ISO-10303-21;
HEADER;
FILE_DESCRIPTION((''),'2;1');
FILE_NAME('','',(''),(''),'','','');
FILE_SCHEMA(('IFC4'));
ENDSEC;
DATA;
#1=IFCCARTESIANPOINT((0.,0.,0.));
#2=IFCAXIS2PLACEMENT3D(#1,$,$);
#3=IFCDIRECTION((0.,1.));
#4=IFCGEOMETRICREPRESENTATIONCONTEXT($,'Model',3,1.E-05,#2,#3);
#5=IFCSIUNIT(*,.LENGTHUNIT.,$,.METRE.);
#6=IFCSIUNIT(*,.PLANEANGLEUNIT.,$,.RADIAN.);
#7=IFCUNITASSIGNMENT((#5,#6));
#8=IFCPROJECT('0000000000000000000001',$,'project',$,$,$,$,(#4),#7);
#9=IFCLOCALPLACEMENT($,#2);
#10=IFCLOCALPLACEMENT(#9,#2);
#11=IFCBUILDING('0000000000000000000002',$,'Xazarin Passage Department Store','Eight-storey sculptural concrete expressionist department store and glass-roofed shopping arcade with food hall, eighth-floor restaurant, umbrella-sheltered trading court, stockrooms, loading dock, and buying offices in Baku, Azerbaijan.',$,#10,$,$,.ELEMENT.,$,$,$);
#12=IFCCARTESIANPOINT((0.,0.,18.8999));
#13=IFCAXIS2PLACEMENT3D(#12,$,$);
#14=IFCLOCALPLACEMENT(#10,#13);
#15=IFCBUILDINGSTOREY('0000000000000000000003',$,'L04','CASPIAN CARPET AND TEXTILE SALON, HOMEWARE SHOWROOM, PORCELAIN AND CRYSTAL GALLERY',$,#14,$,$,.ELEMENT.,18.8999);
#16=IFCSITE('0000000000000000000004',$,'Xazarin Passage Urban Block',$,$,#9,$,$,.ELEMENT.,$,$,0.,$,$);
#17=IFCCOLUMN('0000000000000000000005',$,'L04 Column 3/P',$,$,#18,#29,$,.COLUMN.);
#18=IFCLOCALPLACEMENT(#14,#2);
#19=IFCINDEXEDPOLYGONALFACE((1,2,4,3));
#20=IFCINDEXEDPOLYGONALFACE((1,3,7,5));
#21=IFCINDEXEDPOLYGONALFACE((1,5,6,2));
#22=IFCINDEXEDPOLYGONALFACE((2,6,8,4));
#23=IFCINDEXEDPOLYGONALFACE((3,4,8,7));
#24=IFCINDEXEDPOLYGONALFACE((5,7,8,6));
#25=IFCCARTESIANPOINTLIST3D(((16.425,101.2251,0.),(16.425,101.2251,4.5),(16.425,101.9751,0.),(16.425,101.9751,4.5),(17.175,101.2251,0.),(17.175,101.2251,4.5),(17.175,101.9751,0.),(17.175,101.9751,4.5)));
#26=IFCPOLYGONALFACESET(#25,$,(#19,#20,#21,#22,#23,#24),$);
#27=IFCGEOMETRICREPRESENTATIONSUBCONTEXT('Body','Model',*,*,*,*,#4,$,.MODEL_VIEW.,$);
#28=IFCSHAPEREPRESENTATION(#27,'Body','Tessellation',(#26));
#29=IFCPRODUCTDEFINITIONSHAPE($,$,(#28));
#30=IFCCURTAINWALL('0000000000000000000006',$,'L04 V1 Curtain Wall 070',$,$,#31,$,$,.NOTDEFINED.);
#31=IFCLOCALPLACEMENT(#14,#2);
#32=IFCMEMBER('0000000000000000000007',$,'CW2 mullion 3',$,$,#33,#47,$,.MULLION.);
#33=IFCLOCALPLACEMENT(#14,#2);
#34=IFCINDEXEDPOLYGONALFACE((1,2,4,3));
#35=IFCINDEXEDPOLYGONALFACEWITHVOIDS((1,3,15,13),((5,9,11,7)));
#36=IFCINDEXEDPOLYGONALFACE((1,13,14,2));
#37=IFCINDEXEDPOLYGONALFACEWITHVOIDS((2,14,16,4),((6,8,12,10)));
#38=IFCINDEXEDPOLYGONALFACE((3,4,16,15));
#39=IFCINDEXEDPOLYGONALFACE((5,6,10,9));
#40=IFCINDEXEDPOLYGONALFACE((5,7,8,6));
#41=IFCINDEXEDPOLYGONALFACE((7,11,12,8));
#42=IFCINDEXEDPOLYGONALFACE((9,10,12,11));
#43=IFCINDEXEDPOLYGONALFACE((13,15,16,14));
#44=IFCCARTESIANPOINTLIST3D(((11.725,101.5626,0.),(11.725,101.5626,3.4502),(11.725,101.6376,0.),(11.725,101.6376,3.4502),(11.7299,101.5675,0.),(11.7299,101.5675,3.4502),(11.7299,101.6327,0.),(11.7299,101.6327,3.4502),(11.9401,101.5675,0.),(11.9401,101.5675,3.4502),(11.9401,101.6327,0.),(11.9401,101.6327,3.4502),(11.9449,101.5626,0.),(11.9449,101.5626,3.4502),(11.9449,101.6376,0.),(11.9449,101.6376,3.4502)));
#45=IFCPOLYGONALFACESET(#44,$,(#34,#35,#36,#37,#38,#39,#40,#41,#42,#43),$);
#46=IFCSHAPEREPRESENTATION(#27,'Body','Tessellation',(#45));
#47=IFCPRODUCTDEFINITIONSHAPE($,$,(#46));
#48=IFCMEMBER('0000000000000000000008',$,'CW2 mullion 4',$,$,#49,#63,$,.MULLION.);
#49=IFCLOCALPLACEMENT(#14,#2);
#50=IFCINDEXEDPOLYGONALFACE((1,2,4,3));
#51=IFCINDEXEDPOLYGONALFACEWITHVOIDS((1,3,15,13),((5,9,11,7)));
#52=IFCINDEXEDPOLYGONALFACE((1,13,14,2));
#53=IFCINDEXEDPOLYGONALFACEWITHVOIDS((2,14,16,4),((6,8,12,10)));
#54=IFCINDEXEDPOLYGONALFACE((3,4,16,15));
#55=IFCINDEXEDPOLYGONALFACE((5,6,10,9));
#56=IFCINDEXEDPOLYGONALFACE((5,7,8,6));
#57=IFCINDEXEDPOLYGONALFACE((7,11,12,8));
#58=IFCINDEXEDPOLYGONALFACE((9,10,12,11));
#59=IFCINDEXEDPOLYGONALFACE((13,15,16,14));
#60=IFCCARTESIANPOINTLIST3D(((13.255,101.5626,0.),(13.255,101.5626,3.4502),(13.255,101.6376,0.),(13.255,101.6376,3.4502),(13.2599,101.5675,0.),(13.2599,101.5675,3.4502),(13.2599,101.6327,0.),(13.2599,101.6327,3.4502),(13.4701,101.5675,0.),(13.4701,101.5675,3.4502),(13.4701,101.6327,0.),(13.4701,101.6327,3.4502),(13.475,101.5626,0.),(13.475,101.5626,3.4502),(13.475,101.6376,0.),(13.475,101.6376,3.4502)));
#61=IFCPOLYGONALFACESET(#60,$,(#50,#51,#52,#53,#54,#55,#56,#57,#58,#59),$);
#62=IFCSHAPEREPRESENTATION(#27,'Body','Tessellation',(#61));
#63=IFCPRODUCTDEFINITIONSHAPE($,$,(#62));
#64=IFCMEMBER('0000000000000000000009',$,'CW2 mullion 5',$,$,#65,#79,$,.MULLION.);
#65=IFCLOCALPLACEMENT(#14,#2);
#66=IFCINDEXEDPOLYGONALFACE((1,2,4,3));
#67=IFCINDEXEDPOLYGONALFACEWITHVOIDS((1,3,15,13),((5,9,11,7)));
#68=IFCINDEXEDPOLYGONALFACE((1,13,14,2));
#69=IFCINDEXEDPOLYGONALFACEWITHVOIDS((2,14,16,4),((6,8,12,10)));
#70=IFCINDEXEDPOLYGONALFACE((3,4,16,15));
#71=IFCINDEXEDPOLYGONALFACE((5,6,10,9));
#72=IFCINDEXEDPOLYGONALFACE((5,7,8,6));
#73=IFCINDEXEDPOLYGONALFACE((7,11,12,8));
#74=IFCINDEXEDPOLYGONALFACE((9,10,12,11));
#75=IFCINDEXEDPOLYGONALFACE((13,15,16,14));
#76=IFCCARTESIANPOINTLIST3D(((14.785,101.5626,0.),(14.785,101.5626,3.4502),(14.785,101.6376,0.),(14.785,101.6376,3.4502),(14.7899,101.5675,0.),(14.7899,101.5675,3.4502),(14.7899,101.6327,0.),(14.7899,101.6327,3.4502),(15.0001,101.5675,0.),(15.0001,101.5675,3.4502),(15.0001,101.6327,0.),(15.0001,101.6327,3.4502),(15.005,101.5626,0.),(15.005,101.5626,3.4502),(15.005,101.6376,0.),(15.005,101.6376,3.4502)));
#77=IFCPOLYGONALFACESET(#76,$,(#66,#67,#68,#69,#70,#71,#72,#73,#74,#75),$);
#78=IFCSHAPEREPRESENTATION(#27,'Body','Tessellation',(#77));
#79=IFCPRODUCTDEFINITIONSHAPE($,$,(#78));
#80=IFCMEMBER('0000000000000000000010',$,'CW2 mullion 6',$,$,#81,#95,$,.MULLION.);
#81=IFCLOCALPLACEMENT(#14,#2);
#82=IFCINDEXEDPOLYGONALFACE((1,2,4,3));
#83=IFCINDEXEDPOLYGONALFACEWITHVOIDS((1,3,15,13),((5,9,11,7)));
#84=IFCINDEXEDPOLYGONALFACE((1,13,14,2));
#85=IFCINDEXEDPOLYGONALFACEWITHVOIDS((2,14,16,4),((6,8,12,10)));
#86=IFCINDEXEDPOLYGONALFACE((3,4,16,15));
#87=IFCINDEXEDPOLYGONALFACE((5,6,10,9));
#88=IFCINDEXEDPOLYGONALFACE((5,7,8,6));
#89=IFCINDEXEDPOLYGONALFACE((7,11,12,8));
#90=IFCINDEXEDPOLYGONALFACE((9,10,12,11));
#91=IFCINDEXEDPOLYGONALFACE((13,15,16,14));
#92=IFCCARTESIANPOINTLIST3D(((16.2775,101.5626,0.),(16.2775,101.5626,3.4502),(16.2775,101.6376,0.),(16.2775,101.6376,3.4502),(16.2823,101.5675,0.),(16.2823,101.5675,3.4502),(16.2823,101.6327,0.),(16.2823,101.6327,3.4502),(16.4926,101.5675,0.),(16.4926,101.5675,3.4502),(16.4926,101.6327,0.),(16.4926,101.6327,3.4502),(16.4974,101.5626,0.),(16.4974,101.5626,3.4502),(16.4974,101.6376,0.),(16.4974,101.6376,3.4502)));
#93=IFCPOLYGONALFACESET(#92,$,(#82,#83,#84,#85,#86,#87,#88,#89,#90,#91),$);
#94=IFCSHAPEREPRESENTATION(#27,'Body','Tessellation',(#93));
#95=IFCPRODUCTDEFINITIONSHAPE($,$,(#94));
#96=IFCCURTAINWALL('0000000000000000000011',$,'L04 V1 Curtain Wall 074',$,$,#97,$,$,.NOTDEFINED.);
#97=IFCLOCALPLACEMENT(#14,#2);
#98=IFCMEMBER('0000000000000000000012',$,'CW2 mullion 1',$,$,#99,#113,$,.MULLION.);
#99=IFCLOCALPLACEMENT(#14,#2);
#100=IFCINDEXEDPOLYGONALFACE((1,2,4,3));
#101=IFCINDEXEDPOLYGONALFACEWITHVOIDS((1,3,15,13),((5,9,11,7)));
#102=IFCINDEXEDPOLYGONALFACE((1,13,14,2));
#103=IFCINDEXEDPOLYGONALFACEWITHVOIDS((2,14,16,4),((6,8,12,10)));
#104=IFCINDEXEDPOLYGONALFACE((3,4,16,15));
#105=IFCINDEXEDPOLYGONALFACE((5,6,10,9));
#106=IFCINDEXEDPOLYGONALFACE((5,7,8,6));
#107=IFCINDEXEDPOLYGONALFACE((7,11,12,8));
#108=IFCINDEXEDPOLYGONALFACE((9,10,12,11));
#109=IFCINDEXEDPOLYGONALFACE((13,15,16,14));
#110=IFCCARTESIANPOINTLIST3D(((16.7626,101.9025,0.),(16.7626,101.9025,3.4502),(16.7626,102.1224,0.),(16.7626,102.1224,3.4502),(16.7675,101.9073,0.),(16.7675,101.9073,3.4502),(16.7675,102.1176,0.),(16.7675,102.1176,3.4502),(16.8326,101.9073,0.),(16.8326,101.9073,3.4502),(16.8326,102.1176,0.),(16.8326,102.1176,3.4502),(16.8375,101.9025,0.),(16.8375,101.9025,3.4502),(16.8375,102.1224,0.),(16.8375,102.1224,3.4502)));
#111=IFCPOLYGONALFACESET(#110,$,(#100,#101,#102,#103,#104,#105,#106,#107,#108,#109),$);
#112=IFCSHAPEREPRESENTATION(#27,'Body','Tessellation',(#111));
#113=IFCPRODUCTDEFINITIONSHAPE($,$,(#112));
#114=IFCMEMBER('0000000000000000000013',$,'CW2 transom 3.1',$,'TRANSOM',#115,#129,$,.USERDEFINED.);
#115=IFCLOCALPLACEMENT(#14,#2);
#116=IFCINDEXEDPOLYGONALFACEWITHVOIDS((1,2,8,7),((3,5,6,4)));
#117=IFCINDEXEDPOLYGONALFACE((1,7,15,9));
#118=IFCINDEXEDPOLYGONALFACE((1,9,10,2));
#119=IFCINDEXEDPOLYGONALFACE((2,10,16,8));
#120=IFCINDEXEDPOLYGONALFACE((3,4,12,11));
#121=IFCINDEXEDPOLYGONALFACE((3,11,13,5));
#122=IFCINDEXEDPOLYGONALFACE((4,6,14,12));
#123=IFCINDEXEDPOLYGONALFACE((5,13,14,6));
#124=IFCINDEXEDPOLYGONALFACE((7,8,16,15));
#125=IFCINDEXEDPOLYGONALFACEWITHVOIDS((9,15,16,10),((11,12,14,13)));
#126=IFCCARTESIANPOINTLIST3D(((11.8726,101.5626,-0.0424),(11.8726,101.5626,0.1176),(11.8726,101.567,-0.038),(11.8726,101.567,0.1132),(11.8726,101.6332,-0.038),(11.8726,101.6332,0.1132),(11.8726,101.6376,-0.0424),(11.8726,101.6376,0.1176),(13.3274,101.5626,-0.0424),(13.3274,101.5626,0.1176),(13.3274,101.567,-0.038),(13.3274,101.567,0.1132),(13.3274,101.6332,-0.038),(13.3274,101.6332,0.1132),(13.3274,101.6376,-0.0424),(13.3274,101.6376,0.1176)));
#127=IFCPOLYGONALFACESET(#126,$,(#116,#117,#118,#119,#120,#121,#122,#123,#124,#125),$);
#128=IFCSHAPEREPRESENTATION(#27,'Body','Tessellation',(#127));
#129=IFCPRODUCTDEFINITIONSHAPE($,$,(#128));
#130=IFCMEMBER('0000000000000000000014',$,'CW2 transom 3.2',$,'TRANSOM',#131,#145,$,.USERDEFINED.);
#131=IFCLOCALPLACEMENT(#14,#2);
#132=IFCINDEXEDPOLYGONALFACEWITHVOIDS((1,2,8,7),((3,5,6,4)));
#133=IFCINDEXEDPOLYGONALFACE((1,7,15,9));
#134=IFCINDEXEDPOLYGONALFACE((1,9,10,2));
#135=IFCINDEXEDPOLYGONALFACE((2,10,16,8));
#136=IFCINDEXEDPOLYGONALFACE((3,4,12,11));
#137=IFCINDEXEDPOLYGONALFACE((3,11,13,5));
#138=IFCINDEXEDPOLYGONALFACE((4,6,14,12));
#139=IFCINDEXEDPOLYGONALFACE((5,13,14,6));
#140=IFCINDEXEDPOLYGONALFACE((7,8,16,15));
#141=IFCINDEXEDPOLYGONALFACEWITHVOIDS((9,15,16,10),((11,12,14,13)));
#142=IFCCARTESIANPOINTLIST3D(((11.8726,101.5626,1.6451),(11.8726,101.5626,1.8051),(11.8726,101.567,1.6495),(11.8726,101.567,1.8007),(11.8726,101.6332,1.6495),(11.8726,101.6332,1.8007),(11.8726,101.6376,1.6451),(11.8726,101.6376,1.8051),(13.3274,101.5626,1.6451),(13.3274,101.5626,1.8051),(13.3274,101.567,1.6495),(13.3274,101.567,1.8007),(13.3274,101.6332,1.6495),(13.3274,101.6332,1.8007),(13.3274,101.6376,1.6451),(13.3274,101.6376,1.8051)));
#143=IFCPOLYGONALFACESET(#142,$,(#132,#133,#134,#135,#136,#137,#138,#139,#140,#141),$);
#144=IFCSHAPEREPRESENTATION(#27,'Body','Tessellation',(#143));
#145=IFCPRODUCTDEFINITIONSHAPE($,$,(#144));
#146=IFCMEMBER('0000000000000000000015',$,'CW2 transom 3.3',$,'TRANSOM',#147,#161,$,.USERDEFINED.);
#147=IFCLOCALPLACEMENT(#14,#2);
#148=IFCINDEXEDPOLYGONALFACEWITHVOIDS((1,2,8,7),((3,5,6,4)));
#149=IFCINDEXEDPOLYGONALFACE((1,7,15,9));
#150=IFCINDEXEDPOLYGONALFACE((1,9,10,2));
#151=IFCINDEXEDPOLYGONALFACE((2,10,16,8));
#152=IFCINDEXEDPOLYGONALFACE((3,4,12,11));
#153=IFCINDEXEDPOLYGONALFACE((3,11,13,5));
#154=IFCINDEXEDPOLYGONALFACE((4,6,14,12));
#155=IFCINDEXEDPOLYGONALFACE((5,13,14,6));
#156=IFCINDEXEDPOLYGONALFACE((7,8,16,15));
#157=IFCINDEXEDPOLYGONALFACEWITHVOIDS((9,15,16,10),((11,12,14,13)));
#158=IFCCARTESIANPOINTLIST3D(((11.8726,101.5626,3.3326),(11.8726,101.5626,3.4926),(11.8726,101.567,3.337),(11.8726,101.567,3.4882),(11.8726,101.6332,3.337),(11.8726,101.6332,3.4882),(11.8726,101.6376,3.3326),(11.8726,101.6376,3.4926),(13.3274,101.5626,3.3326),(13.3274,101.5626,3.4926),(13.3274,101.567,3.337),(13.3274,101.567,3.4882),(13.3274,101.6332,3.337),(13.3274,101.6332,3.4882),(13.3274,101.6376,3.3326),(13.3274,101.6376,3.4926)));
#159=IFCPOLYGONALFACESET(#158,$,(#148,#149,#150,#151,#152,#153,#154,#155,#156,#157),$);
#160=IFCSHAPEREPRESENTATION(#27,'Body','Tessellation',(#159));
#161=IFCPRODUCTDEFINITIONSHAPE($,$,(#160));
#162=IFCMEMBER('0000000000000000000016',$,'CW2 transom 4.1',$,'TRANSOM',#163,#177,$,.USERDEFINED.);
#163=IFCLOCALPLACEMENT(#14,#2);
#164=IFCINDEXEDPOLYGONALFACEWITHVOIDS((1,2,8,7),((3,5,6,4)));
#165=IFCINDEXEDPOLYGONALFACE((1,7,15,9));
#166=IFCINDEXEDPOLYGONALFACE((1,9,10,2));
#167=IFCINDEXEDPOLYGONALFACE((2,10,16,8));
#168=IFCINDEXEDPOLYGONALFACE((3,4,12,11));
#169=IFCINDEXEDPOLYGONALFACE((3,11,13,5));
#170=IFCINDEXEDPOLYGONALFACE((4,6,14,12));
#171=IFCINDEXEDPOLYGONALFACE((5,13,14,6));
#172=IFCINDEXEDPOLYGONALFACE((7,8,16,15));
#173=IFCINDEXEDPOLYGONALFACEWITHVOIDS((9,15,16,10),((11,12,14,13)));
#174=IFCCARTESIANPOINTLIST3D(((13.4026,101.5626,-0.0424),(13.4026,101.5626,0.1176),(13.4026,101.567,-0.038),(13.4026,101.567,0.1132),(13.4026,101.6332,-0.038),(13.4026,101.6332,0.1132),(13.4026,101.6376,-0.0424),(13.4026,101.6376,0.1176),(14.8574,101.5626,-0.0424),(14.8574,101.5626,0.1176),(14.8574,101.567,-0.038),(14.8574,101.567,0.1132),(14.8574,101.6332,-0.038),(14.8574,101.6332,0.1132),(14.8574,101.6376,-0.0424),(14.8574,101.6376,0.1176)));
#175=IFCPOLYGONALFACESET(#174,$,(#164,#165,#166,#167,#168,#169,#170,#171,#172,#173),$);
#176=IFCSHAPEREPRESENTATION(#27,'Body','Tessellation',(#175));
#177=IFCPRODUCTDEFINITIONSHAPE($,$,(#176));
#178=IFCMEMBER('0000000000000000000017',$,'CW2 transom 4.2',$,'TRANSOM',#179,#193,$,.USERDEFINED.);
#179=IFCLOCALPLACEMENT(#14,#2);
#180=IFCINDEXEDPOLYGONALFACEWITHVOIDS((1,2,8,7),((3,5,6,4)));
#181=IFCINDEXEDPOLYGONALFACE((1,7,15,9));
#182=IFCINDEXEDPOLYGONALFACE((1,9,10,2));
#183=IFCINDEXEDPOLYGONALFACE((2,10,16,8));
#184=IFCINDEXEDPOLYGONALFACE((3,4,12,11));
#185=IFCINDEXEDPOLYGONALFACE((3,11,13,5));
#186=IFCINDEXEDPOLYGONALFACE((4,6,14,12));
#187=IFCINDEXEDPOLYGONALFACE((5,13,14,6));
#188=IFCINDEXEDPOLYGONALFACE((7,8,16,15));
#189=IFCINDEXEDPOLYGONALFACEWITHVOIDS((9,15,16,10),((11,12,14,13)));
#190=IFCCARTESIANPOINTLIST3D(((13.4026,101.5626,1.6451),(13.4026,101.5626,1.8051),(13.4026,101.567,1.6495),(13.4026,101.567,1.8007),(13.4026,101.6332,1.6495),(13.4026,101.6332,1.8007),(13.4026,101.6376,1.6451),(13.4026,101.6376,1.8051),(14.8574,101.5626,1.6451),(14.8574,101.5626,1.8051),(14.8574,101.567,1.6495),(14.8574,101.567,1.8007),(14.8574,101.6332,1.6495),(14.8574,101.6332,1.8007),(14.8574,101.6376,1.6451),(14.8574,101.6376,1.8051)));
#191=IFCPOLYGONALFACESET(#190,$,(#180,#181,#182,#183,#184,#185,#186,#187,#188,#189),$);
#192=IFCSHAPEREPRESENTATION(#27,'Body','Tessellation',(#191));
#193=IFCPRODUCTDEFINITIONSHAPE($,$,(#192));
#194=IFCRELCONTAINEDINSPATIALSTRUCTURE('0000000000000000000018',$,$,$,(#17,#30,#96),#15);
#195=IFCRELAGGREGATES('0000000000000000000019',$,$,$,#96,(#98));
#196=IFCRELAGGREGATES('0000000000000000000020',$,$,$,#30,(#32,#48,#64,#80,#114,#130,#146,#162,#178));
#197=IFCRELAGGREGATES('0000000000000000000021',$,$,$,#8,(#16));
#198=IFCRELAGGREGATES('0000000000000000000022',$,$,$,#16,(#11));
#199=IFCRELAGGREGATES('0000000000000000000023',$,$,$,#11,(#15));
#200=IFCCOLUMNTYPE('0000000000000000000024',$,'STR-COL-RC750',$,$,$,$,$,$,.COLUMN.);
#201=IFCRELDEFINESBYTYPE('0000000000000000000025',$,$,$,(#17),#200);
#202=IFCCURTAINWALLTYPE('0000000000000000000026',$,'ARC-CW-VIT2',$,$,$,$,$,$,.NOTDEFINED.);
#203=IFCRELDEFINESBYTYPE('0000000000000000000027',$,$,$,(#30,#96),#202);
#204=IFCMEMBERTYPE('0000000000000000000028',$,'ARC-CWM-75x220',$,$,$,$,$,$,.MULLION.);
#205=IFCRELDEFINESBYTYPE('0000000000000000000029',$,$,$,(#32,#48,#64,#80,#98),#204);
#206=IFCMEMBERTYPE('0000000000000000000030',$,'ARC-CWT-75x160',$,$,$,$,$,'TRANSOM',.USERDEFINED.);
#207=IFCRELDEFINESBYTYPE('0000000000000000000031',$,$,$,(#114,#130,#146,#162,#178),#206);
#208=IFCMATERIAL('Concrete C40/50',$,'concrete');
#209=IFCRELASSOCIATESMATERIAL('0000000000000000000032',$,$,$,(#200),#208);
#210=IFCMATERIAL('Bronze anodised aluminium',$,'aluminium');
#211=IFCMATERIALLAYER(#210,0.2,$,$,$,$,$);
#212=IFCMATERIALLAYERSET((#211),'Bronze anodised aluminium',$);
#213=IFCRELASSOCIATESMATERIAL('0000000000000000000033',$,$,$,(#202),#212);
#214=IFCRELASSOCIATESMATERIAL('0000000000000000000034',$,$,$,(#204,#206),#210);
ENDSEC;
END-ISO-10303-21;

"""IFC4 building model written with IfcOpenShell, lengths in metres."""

from ifc_helpers import new_model, si_unit, direction, frame, origin, origin_2d, place, context, subcontext, project, spatial, rectangle, hollow_rectangle, extrude, material, layer, layer_set, material_profile, profile_set, type_object, element, aggregate, save


model = new_model("IFC4")

# Units and contexts
model_context = context("Model", 3, precision=1e-05, world=origin(), true_north=direction((0.0, 1.0)))
body_context = subcontext(model_context, "Body", "Model", "MODEL_VIEW")
ifc_project = project(units=[si_unit("LENGTHUNIT", "METRE"), si_unit("PLANEANGLEUNIT", "RADIAN")], contexts=[model_context])

# Site, building, storey
site_placement = place(None, origin())
site = spatial("IfcSite", under=ifc_project, at=site_placement, Name="Xazarin Passage Urban Block", CompositionType="ELEMENT", RefElevation=0.0)
building_placement = place(site_placement, origin())
building = spatial("IfcBuilding", under=site, at=building_placement, Name="Xazarin Passage Department Store", Description="Eight-storey sculptural concrete expressionist department store and glass-roofed shopping arcade with food hall, eighth-floor restaurant, umbrella-sheltered trading court, stockrooms, loading dock, and buying offices in Baku, Azerbaijan.", CompositionType="ELEMENT")
storey_placement = place(building_placement, frame((0.0, 0.0, 18.8999)))
storey = spatial("IfcBuildingStorey", under=building, at=storey_placement, Name="L04", Description="CASPIAN CARPET AND TEXTILE SALON, HOMEWARE SHOWROOM, PORCELAIN AND CRYSTAL GALLERY", CompositionType="ELEMENT", Elevation=18.8999)

# Column
ifc_material_1 = material(Name="Concrete C40/50", Category="concrete")
ifc_material_profile_1 = material_profile(ifc_material_1, rectangle(XDim=0.75, YDim=0.75, at=origin_2d()), Name="RC 750x750")
ifc_profile_set_1 = profile_set([ifc_material_profile_1], Name="Concrete C40/50")
column_type = type_object("IfcColumnType", Name="STR-COL-RC750", PredefinedType="COLUMN", material=ifc_profile_set_1)
column_placement = place(storey_placement, frame((16.8, 101.6001, 0.0), z_axis=(0.0, 0.0, 1.0), x_axis=(1.0, 0.0, 0.0)))
element("IfcColumn", 1, at=column_placement, inside=storey, type_object=column_type, Name="L04 Column 3/P", PredefinedType="COLUMN", context=body_context, shape_type="SweptSolid", body=[
    extrude(rectangle(XDim=0.75, YDim=0.75, at=origin_2d()), origin(), (0.0, 0.0, 1.0), 4.5),
])

# Curtain wall, members
ifc_material_2 = material(Name="Bronze anodised aluminium", Category="aluminium")
ifc_layer_1 = layer(ifc_material_2, 0.2)
ifc_layer_set_1 = layer_set([ifc_layer_1], Name="Bronze anodised aluminium")
curtain_wall_type = type_object("IfcCurtainWallType", Name="ARC-CW-VIT2", PredefinedType="NOTDEFINED", material=ifc_layer_set_1)
curtain_wall_1_placement = place(storey_placement, origin())
curtain_wall_1 = element("IfcCurtainWall", 2, at=curtain_wall_1_placement, inside=storey, type_object=curtain_wall_type, Name="L04 V1 Curtain Wall 070", PredefinedType="NOTDEFINED")
ifc_material_profile_2 = material_profile(ifc_material_2, hollow_rectangle(XDim=0.075, YDim=0.22, WallThickness=0.0049, at=origin_2d()), Name="ALU 75x220")
ifc_profile_set_2 = profile_set([ifc_material_profile_2], Name="Bronze anodised aluminium")
member_type_1 = type_object("IfcMemberType", Name="ARC-CWM-75x220", PredefinedType="MULLION", material=ifc_profile_set_2)
member_1_placement = place(storey_placement, frame((11.835, 101.6001, 0.0), z_axis=(0.0, 0.0, 1.0), x_axis=(0.0, 1.0, 0.0)))
member_1 = element("IfcMember", 3, at=member_1_placement, type_object=member_type_1, Name="CW2 mullion 3", PredefinedType="MULLION", context=body_context, shape_type="SweptSolid", body=[
    extrude(hollow_rectangle(XDim=0.075, YDim=0.22, WallThickness=0.0049, at=origin_2d()), origin(), (0.0, 0.0, 1.0), 3.4502),
])
member_2_placement = place(storey_placement, frame((13.365, 101.6001, 0.0), z_axis=(0.0, 0.0, 1.0), x_axis=(0.0, 1.0, 0.0)))
member_2 = element("IfcMember", 4, at=member_2_placement, type_object=member_type_1, Name="CW2 mullion 4", PredefinedType="MULLION", context=body_context, shape_type="SweptSolid", body=[
    extrude(hollow_rectangle(XDim=0.075, YDim=0.22, WallThickness=0.0049, at=origin_2d()), origin(), (0.0, 0.0, 1.0), 3.4502),
])
member_3_placement = place(storey_placement, frame((14.895, 101.6001, 0.0), z_axis=(0.0, 0.0, 1.0), x_axis=(0.0, 1.0, 0.0)))
member_3 = element("IfcMember", 5, at=member_3_placement, type_object=member_type_1, Name="CW2 mullion 5", PredefinedType="MULLION", context=body_context, shape_type="SweptSolid", body=[
    extrude(hollow_rectangle(XDim=0.075, YDim=0.22, WallThickness=0.0049, at=origin_2d()), origin(), (0.0, 0.0, 1.0), 3.4502),
])
member_4_placement = place(storey_placement, frame((16.3875, 101.6001, 0.0), z_axis=(0.0, 0.0, 1.0), x_axis=(0.0, 1.0, 0.0)))
member_4 = element("IfcMember", 6, at=member_4_placement, type_object=member_type_1, Name="CW2 mullion 6", PredefinedType="MULLION", context=body_context, shape_type="SweptSolid", body=[
    extrude(hollow_rectangle(XDim=0.075, YDim=0.22, WallThickness=0.0049, at=origin_2d()), origin(), (0.0, 0.0, 1.0), 3.4502),
])

# Curtain wall, member
curtain_wall_2_placement = place(storey_placement, origin())
curtain_wall_2 = element("IfcCurtainWall", 7, at=curtain_wall_2_placement, inside=storey, type_object=curtain_wall_type, Name="L04 V1 Curtain Wall 074", PredefinedType="NOTDEFINED")
member_5_placement = place(storey_placement, frame((16.8, 102.0125, 0.0), z_axis=(0.0, 0.0, 1.0), x_axis=(-1.0, 0.0, 0.0)))
member_5 = element("IfcMember", 8, at=member_5_placement, type_object=member_type_1, Name="CW2 mullion 1", PredefinedType="MULLION", context=body_context, shape_type="SweptSolid", body=[
    extrude(hollow_rectangle(XDim=0.075, YDim=0.22, WallThickness=0.0049, at=origin_2d()), origin(), (0.0, 0.0, 1.0), 3.4502),
])
aggregate(curtain_wall_2, [member_5])

# Members
ifc_material_profile_3 = material_profile(ifc_material_2, hollow_rectangle(XDim=0.075, YDim=0.1599, WallThickness=0.0044, at=origin_2d()), Name="ALU 75x160")
ifc_profile_set_3 = profile_set([ifc_material_profile_3], Name="Bronze anodised aluminium")
member_type_2 = type_object("IfcMemberType", Name="ARC-CWT-75x160", ElementType="TRANSOM", PredefinedType="USERDEFINED", material=ifc_profile_set_3)
member_6_placement = place(storey_placement, frame((11.8726, 101.6001, 0.0376), z_axis=(1.0, 0.0, 0.0), x_axis=(0.0, 1.0, 0.0)))
member_6 = element("IfcMember", 9, at=member_6_placement, type_object=member_type_2, Name="CW2 transom 3.1", ObjectType="TRANSOM", PredefinedType="USERDEFINED", context=body_context, shape_type="SweptSolid", body=[
    extrude(hollow_rectangle(XDim=0.075, YDim=0.1599, WallThickness=0.0044, at=origin_2d()), origin(), (0.0, 0.0, 1.0), 1.4548),
])
member_7_placement = place(storey_placement, frame((11.8726, 101.6001, 1.7251), z_axis=(1.0, 0.0, 0.0), x_axis=(0.0, 1.0, 0.0)))
member_7 = element("IfcMember", 10, at=member_7_placement, type_object=member_type_2, Name="CW2 transom 3.2", ObjectType="TRANSOM", PredefinedType="USERDEFINED", context=body_context, shape_type="SweptSolid", body=[
    extrude(hollow_rectangle(XDim=0.075, YDim=0.1599, WallThickness=0.0044, at=origin_2d()), origin(), (0.0, 0.0, 1.0), 1.4548),
])
member_8_placement = place(storey_placement, frame((11.8726, 101.6001, 3.4126), z_axis=(1.0, 0.0, 0.0), x_axis=(0.0, 1.0, 0.0)))
member_8 = element("IfcMember", 11, at=member_8_placement, type_object=member_type_2, Name="CW2 transom 3.3", ObjectType="TRANSOM", PredefinedType="USERDEFINED", context=body_context, shape_type="SweptSolid", body=[
    extrude(hollow_rectangle(XDim=0.075, YDim=0.1599, WallThickness=0.0044, at=origin_2d()), origin(), (0.0, 0.0, 1.0), 1.4548),
])
member_9_placement = place(storey_placement, frame((13.4026, 101.6001, 0.0376), z_axis=(1.0, 0.0, 0.0), x_axis=(0.0, 1.0, 0.0)))
member_9 = element("IfcMember", 12, at=member_9_placement, type_object=member_type_2, Name="CW2 transom 4.1", ObjectType="TRANSOM", PredefinedType="USERDEFINED", context=body_context, shape_type="SweptSolid", body=[
    extrude(hollow_rectangle(XDim=0.075, YDim=0.1599, WallThickness=0.0044, at=origin_2d()), origin(), (0.0, 0.0, 1.0), 1.4548),
])
member_10_placement = place(storey_placement, frame((13.4026, 101.6001, 1.7251), z_axis=(1.0, 0.0, 0.0), x_axis=(0.0, 1.0, 0.0)))
member_10 = element("IfcMember", 13, at=member_10_placement, type_object=member_type_2, Name="CW2 transom 4.2", ObjectType="TRANSOM", PredefinedType="USERDEFINED", context=body_context, shape_type="SweptSolid", body=[
    extrude(hollow_rectangle(XDim=0.075, YDim=0.1599, WallThickness=0.0044, at=origin_2d()), origin(), (0.0, 0.0, 1.0), 1.4548),
])

aggregate(curtain_wall_1, [member_1, member_2, member_3, member_4, member_6, member_7, member_8, member_9, member_10])

save(model, "model.ifc")
